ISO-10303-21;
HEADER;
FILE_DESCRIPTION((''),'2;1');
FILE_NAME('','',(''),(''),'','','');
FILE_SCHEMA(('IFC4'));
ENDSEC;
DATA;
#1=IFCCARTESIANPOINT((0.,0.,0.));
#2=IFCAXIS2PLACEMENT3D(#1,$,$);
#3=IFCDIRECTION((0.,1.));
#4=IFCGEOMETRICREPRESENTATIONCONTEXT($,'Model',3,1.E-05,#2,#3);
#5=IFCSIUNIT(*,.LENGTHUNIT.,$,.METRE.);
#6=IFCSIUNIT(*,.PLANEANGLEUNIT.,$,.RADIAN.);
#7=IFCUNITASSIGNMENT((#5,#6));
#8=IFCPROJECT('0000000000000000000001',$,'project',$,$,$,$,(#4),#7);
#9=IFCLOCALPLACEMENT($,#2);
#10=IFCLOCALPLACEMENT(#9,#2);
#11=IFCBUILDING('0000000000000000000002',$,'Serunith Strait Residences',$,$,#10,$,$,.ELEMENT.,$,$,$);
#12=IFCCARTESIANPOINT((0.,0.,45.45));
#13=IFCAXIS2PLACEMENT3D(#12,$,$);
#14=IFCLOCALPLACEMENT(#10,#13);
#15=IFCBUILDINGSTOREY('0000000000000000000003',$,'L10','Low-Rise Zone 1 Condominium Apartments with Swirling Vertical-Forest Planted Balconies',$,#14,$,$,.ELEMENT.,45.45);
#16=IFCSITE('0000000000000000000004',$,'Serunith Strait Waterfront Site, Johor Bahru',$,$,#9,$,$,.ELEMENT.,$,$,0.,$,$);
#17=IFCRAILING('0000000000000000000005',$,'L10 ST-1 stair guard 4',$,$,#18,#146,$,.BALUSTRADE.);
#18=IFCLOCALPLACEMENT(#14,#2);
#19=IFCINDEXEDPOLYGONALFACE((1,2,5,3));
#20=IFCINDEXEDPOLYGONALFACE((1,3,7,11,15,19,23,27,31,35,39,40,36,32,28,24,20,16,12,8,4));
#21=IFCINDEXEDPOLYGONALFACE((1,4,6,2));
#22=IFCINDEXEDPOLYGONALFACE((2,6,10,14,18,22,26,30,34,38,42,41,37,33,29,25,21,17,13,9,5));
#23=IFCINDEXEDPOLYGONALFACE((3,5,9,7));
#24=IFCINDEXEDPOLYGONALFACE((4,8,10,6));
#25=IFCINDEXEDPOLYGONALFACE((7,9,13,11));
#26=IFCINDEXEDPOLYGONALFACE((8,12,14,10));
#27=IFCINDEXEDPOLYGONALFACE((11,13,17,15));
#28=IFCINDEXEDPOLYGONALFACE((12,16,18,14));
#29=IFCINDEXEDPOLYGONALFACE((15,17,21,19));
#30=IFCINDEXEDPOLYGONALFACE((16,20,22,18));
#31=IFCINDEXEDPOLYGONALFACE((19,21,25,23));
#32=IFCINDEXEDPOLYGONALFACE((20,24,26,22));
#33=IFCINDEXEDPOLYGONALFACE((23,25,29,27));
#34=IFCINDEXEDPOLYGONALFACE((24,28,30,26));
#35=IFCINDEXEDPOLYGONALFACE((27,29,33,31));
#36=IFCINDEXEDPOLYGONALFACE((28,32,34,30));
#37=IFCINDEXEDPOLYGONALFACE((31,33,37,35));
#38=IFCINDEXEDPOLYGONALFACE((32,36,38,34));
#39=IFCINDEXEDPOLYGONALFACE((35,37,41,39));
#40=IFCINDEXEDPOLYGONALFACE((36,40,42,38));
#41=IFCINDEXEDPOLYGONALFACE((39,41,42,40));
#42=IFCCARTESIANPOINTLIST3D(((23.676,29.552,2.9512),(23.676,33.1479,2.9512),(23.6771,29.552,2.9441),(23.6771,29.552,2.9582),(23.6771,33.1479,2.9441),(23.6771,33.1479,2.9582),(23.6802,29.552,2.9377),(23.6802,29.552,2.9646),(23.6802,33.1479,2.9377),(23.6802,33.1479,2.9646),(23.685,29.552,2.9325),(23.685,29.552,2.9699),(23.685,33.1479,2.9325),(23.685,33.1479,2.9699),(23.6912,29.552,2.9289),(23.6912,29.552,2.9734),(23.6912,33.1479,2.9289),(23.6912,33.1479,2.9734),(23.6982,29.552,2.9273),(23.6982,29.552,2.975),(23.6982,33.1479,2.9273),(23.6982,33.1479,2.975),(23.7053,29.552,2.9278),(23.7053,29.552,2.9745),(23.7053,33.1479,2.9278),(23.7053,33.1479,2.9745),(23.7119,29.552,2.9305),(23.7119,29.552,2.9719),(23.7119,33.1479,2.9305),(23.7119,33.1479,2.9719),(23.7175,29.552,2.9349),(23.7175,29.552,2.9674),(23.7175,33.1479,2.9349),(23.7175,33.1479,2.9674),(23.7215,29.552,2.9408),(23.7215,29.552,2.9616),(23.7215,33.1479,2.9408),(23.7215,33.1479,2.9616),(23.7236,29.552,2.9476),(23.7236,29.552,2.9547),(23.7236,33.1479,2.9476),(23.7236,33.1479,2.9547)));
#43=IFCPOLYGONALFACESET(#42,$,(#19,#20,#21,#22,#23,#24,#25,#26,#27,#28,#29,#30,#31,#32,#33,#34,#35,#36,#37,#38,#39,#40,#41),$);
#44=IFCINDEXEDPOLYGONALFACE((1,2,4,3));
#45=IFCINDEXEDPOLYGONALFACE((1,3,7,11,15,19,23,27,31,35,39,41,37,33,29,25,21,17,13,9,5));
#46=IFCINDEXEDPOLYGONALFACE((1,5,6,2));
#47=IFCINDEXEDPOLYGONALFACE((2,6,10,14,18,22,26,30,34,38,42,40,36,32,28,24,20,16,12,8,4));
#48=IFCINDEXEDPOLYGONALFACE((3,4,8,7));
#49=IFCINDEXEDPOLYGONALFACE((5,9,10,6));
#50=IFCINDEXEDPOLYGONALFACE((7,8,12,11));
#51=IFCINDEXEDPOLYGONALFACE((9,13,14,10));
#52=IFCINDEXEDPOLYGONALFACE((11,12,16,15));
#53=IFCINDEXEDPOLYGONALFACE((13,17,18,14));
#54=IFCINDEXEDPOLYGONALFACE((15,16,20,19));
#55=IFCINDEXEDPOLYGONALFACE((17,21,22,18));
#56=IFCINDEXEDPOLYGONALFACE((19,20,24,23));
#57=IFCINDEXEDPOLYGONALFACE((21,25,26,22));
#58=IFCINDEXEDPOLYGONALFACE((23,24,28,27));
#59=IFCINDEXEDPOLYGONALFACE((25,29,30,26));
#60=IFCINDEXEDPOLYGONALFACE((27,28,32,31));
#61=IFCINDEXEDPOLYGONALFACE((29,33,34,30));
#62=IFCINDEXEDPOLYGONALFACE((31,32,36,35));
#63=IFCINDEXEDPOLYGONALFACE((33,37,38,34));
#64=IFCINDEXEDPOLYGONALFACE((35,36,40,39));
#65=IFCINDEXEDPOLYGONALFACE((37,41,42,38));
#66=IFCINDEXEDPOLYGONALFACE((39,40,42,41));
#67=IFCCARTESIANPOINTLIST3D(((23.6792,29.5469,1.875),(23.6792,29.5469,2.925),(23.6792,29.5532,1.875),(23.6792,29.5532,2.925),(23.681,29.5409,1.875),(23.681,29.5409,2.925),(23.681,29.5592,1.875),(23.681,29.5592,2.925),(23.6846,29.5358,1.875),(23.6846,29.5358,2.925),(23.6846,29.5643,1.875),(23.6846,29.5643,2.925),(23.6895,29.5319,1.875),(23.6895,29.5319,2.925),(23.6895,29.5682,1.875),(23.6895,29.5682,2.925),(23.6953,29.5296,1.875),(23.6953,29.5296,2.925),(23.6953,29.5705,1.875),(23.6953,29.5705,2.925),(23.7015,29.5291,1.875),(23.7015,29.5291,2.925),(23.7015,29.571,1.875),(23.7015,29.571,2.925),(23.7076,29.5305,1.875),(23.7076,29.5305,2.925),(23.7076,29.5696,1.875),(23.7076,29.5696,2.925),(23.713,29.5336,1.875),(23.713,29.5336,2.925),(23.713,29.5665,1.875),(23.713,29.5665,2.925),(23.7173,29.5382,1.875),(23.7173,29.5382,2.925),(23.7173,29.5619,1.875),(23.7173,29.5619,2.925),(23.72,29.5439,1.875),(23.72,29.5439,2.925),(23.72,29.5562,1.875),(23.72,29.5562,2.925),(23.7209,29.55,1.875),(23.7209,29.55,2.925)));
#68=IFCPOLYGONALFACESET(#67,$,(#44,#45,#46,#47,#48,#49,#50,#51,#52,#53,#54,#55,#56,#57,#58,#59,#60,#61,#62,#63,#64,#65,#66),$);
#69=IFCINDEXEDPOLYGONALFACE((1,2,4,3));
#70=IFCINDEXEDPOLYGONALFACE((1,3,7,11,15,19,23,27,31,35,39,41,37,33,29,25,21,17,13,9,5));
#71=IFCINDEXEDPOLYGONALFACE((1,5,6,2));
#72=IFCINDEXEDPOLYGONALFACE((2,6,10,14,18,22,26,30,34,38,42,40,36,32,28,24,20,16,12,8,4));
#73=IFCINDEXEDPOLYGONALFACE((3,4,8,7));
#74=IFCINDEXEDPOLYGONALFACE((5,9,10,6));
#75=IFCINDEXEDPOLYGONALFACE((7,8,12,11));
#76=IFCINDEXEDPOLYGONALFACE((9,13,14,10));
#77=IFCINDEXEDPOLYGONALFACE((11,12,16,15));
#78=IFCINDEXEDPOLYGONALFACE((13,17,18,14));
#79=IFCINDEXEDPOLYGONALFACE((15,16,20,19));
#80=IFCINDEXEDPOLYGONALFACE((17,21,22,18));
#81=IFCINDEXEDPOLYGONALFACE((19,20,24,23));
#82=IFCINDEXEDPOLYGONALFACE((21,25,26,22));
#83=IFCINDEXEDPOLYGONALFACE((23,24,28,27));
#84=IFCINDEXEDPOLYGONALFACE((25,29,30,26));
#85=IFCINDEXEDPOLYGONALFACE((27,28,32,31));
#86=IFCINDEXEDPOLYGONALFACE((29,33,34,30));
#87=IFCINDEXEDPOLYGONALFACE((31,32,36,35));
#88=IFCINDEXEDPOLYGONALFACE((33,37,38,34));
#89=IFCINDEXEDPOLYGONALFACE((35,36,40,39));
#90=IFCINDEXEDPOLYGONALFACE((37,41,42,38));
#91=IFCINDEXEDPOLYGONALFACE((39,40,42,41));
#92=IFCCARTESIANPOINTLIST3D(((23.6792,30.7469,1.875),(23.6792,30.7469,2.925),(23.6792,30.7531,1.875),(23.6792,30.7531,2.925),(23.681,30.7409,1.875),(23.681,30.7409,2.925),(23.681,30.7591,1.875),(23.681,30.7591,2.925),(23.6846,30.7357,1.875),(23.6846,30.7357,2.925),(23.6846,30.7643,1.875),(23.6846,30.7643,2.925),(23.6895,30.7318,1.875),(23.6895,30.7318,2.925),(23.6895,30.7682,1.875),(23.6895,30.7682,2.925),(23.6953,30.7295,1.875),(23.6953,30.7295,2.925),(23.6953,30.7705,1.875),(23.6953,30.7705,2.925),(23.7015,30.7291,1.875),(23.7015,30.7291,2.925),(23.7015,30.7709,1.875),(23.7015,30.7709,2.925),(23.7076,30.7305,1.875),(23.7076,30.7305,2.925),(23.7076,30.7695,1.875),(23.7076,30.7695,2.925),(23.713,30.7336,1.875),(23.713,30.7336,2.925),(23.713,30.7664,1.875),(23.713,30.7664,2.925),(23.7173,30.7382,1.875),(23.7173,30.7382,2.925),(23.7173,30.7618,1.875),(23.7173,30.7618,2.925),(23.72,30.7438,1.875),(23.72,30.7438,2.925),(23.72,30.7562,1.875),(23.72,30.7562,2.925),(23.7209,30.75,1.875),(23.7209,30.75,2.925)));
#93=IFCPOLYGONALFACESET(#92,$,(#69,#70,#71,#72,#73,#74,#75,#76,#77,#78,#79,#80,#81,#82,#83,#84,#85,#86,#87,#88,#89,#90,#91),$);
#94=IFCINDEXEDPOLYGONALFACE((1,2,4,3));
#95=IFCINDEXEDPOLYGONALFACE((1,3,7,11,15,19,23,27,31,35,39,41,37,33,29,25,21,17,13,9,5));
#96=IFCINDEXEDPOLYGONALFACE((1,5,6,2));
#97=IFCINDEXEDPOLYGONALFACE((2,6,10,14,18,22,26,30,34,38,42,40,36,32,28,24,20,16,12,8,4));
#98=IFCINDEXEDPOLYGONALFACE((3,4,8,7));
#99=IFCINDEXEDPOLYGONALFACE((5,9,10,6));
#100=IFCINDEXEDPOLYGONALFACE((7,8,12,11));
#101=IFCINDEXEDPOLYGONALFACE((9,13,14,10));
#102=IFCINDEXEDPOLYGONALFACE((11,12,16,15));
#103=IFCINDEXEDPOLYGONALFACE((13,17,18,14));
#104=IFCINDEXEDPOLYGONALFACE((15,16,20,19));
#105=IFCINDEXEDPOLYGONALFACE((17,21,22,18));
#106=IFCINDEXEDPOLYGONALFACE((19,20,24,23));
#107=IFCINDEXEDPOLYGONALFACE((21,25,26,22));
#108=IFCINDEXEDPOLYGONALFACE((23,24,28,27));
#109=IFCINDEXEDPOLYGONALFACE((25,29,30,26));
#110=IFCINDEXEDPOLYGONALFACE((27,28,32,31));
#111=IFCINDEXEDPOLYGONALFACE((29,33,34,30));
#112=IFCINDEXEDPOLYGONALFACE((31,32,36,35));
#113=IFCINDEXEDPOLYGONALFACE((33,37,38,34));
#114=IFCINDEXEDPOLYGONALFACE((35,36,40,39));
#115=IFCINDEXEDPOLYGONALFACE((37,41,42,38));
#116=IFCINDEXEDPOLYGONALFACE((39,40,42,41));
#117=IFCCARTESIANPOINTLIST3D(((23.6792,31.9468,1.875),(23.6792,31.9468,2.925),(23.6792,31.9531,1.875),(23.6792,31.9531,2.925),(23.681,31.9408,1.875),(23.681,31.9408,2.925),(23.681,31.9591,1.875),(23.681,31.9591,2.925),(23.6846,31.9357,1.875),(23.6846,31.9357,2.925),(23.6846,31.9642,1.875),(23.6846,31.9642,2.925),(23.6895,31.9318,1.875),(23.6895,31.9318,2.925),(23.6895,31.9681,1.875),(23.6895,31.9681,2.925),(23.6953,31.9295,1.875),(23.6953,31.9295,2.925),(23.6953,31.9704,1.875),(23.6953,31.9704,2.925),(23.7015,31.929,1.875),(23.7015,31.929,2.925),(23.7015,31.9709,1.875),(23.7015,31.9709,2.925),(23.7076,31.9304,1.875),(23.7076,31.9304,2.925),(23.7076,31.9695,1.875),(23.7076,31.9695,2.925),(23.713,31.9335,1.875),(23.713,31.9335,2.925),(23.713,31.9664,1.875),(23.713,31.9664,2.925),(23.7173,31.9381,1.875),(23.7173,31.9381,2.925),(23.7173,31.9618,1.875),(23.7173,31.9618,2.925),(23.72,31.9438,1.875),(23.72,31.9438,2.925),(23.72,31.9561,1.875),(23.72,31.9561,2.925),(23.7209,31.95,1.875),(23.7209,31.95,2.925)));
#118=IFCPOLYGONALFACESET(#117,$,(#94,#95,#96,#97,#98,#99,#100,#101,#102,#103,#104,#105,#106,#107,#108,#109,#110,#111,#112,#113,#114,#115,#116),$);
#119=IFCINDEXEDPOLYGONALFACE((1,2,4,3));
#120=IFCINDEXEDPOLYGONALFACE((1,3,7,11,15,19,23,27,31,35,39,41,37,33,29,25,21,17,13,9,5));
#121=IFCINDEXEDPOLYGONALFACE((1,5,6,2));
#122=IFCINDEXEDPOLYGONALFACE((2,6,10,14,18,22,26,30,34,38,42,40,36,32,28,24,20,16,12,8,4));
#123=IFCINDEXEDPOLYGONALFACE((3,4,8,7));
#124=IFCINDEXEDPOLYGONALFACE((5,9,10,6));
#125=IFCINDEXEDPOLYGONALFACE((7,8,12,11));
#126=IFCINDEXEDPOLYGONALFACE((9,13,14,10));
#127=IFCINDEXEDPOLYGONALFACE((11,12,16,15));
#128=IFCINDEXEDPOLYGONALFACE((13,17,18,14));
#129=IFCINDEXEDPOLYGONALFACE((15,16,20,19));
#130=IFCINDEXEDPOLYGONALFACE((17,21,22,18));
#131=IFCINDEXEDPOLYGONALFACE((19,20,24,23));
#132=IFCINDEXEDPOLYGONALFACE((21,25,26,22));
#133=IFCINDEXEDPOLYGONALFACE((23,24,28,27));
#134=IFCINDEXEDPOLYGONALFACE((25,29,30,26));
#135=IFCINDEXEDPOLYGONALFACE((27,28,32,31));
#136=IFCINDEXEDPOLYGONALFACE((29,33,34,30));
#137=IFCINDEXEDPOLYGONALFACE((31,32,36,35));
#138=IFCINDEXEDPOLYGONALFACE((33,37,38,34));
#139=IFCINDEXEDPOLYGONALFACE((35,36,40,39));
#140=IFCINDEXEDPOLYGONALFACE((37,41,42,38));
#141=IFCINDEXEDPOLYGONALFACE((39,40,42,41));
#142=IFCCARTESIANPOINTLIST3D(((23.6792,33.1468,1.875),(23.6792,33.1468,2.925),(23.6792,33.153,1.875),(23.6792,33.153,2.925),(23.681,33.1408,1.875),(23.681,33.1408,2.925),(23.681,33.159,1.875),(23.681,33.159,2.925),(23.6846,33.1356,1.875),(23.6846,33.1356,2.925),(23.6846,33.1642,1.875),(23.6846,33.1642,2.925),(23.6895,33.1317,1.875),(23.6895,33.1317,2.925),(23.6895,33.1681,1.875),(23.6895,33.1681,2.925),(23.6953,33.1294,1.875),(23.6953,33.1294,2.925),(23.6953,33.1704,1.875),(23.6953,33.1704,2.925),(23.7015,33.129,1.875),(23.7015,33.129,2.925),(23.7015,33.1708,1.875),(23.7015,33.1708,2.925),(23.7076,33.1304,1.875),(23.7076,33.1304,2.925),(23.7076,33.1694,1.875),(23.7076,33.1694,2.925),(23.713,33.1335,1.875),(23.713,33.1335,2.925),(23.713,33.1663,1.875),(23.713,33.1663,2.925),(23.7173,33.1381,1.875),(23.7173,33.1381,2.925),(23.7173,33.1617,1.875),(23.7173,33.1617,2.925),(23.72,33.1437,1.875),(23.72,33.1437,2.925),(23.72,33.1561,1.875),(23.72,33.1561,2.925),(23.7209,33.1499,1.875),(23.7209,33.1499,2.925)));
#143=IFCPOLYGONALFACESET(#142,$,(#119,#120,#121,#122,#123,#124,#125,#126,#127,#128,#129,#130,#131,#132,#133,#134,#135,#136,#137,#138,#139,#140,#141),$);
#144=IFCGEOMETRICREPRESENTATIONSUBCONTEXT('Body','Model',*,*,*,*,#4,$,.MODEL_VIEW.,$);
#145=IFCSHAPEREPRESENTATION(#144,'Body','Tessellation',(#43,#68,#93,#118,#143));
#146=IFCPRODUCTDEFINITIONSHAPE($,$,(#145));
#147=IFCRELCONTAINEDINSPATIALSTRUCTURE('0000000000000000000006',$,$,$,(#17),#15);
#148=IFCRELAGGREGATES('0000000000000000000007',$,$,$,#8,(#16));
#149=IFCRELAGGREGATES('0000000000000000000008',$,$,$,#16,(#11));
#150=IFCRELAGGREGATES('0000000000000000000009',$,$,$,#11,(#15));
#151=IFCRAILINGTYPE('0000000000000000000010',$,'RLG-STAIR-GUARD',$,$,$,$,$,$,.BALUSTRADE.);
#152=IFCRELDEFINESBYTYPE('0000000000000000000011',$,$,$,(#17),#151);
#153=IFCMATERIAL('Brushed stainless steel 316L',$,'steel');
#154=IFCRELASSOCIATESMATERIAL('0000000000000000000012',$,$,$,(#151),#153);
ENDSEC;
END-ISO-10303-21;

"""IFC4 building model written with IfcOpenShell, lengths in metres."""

from ifc_helpers import new_model, si_unit, direction, frame, origin, origin_2d, place, context, subcontext, project, spatial, circle, extrude, material, type_object, element, save


model = new_model("IFC4")

# Units and contexts
model_context = context("Model", 3, precision=1e-05, world=origin(), true_north=direction((0.0, 1.0)))
body_context = subcontext(model_context, "Body", "Model", "MODEL_VIEW")
ifc_project = project(units=[si_unit("LENGTHUNIT", "METRE"), si_unit("PLANEANGLEUNIT", "RADIAN")], contexts=[model_context])

# Site, building, storey
site_placement = place(None, origin())
site = spatial("IfcSite", under=ifc_project, at=site_placement, Name="Serunith Strait Waterfront Site, Johor Bahru", CompositionType="ELEMENT", RefElevation=0.0)
building_placement = place(site_placement, origin())
building = spatial("IfcBuilding", under=site, at=building_placement, Name="Serunith Strait Residences", CompositionType="ELEMENT")
storey_placement = place(building_placement, frame((0.0, 0.0, 45.45)))
storey = spatial("IfcBuildingStorey", under=building, at=storey_placement, Name="L10", Description="Low-Rise Zone 1 Condominium Apartments with Swirling Vertical-Forest Planted Balconies", CompositionType="ELEMENT", Elevation=45.45)

# Railing
ifc_material_1 = material(Name="Brushed stainless steel 316L", Category="steel")
railing_type_1 = type_object("IfcRailingType", Name="RLG-STAIR-GUARD", PredefinedType="BALUSTRADE", material=ifc_material_1)
for number, where, name in (
    (1, (23.7, 29.55, 1.875), "L10 ST-1 stair guard 4"),
):
    element("IfcRailing", number, at=place(storey_placement, frame(where)), inside=storey, type_object=railing_type_1, Name=name, PredefinedType="BALUSTRADE", context=body_context, shape_type="SweptSolid", body=[
        extrude(circle(Radius=0.0239, at=origin_2d()), frame((0.0, 0.002, 1.0762), z_axis=(0.0, 1.0, 0.0), x_axis=(-1.0, 0.0, 0.0)), (0.0, 0.0, 1.0), 3.5959),
        extrude(circle(Radius=0.021, at=origin_2d()), origin(), (0.0, 0.0, 1.0), 1.05),
        extrude(circle(Radius=0.021, at=origin_2d()), frame((0.0, 1.2, 0.0)), (0.0, 0.0, 1.0), 1.05),
        extrude(circle(Radius=0.021, at=origin_2d()), frame((0.0, 2.3999, 0.0)), (0.0, 0.0, 1.0), 1.05),
        extrude(circle(Radius=0.021, at=origin_2d()), frame((0.0, 3.5999, 0.0)), (0.0, 0.0, 1.0), 1.05),
    ])

save(model, "model.ifc")
